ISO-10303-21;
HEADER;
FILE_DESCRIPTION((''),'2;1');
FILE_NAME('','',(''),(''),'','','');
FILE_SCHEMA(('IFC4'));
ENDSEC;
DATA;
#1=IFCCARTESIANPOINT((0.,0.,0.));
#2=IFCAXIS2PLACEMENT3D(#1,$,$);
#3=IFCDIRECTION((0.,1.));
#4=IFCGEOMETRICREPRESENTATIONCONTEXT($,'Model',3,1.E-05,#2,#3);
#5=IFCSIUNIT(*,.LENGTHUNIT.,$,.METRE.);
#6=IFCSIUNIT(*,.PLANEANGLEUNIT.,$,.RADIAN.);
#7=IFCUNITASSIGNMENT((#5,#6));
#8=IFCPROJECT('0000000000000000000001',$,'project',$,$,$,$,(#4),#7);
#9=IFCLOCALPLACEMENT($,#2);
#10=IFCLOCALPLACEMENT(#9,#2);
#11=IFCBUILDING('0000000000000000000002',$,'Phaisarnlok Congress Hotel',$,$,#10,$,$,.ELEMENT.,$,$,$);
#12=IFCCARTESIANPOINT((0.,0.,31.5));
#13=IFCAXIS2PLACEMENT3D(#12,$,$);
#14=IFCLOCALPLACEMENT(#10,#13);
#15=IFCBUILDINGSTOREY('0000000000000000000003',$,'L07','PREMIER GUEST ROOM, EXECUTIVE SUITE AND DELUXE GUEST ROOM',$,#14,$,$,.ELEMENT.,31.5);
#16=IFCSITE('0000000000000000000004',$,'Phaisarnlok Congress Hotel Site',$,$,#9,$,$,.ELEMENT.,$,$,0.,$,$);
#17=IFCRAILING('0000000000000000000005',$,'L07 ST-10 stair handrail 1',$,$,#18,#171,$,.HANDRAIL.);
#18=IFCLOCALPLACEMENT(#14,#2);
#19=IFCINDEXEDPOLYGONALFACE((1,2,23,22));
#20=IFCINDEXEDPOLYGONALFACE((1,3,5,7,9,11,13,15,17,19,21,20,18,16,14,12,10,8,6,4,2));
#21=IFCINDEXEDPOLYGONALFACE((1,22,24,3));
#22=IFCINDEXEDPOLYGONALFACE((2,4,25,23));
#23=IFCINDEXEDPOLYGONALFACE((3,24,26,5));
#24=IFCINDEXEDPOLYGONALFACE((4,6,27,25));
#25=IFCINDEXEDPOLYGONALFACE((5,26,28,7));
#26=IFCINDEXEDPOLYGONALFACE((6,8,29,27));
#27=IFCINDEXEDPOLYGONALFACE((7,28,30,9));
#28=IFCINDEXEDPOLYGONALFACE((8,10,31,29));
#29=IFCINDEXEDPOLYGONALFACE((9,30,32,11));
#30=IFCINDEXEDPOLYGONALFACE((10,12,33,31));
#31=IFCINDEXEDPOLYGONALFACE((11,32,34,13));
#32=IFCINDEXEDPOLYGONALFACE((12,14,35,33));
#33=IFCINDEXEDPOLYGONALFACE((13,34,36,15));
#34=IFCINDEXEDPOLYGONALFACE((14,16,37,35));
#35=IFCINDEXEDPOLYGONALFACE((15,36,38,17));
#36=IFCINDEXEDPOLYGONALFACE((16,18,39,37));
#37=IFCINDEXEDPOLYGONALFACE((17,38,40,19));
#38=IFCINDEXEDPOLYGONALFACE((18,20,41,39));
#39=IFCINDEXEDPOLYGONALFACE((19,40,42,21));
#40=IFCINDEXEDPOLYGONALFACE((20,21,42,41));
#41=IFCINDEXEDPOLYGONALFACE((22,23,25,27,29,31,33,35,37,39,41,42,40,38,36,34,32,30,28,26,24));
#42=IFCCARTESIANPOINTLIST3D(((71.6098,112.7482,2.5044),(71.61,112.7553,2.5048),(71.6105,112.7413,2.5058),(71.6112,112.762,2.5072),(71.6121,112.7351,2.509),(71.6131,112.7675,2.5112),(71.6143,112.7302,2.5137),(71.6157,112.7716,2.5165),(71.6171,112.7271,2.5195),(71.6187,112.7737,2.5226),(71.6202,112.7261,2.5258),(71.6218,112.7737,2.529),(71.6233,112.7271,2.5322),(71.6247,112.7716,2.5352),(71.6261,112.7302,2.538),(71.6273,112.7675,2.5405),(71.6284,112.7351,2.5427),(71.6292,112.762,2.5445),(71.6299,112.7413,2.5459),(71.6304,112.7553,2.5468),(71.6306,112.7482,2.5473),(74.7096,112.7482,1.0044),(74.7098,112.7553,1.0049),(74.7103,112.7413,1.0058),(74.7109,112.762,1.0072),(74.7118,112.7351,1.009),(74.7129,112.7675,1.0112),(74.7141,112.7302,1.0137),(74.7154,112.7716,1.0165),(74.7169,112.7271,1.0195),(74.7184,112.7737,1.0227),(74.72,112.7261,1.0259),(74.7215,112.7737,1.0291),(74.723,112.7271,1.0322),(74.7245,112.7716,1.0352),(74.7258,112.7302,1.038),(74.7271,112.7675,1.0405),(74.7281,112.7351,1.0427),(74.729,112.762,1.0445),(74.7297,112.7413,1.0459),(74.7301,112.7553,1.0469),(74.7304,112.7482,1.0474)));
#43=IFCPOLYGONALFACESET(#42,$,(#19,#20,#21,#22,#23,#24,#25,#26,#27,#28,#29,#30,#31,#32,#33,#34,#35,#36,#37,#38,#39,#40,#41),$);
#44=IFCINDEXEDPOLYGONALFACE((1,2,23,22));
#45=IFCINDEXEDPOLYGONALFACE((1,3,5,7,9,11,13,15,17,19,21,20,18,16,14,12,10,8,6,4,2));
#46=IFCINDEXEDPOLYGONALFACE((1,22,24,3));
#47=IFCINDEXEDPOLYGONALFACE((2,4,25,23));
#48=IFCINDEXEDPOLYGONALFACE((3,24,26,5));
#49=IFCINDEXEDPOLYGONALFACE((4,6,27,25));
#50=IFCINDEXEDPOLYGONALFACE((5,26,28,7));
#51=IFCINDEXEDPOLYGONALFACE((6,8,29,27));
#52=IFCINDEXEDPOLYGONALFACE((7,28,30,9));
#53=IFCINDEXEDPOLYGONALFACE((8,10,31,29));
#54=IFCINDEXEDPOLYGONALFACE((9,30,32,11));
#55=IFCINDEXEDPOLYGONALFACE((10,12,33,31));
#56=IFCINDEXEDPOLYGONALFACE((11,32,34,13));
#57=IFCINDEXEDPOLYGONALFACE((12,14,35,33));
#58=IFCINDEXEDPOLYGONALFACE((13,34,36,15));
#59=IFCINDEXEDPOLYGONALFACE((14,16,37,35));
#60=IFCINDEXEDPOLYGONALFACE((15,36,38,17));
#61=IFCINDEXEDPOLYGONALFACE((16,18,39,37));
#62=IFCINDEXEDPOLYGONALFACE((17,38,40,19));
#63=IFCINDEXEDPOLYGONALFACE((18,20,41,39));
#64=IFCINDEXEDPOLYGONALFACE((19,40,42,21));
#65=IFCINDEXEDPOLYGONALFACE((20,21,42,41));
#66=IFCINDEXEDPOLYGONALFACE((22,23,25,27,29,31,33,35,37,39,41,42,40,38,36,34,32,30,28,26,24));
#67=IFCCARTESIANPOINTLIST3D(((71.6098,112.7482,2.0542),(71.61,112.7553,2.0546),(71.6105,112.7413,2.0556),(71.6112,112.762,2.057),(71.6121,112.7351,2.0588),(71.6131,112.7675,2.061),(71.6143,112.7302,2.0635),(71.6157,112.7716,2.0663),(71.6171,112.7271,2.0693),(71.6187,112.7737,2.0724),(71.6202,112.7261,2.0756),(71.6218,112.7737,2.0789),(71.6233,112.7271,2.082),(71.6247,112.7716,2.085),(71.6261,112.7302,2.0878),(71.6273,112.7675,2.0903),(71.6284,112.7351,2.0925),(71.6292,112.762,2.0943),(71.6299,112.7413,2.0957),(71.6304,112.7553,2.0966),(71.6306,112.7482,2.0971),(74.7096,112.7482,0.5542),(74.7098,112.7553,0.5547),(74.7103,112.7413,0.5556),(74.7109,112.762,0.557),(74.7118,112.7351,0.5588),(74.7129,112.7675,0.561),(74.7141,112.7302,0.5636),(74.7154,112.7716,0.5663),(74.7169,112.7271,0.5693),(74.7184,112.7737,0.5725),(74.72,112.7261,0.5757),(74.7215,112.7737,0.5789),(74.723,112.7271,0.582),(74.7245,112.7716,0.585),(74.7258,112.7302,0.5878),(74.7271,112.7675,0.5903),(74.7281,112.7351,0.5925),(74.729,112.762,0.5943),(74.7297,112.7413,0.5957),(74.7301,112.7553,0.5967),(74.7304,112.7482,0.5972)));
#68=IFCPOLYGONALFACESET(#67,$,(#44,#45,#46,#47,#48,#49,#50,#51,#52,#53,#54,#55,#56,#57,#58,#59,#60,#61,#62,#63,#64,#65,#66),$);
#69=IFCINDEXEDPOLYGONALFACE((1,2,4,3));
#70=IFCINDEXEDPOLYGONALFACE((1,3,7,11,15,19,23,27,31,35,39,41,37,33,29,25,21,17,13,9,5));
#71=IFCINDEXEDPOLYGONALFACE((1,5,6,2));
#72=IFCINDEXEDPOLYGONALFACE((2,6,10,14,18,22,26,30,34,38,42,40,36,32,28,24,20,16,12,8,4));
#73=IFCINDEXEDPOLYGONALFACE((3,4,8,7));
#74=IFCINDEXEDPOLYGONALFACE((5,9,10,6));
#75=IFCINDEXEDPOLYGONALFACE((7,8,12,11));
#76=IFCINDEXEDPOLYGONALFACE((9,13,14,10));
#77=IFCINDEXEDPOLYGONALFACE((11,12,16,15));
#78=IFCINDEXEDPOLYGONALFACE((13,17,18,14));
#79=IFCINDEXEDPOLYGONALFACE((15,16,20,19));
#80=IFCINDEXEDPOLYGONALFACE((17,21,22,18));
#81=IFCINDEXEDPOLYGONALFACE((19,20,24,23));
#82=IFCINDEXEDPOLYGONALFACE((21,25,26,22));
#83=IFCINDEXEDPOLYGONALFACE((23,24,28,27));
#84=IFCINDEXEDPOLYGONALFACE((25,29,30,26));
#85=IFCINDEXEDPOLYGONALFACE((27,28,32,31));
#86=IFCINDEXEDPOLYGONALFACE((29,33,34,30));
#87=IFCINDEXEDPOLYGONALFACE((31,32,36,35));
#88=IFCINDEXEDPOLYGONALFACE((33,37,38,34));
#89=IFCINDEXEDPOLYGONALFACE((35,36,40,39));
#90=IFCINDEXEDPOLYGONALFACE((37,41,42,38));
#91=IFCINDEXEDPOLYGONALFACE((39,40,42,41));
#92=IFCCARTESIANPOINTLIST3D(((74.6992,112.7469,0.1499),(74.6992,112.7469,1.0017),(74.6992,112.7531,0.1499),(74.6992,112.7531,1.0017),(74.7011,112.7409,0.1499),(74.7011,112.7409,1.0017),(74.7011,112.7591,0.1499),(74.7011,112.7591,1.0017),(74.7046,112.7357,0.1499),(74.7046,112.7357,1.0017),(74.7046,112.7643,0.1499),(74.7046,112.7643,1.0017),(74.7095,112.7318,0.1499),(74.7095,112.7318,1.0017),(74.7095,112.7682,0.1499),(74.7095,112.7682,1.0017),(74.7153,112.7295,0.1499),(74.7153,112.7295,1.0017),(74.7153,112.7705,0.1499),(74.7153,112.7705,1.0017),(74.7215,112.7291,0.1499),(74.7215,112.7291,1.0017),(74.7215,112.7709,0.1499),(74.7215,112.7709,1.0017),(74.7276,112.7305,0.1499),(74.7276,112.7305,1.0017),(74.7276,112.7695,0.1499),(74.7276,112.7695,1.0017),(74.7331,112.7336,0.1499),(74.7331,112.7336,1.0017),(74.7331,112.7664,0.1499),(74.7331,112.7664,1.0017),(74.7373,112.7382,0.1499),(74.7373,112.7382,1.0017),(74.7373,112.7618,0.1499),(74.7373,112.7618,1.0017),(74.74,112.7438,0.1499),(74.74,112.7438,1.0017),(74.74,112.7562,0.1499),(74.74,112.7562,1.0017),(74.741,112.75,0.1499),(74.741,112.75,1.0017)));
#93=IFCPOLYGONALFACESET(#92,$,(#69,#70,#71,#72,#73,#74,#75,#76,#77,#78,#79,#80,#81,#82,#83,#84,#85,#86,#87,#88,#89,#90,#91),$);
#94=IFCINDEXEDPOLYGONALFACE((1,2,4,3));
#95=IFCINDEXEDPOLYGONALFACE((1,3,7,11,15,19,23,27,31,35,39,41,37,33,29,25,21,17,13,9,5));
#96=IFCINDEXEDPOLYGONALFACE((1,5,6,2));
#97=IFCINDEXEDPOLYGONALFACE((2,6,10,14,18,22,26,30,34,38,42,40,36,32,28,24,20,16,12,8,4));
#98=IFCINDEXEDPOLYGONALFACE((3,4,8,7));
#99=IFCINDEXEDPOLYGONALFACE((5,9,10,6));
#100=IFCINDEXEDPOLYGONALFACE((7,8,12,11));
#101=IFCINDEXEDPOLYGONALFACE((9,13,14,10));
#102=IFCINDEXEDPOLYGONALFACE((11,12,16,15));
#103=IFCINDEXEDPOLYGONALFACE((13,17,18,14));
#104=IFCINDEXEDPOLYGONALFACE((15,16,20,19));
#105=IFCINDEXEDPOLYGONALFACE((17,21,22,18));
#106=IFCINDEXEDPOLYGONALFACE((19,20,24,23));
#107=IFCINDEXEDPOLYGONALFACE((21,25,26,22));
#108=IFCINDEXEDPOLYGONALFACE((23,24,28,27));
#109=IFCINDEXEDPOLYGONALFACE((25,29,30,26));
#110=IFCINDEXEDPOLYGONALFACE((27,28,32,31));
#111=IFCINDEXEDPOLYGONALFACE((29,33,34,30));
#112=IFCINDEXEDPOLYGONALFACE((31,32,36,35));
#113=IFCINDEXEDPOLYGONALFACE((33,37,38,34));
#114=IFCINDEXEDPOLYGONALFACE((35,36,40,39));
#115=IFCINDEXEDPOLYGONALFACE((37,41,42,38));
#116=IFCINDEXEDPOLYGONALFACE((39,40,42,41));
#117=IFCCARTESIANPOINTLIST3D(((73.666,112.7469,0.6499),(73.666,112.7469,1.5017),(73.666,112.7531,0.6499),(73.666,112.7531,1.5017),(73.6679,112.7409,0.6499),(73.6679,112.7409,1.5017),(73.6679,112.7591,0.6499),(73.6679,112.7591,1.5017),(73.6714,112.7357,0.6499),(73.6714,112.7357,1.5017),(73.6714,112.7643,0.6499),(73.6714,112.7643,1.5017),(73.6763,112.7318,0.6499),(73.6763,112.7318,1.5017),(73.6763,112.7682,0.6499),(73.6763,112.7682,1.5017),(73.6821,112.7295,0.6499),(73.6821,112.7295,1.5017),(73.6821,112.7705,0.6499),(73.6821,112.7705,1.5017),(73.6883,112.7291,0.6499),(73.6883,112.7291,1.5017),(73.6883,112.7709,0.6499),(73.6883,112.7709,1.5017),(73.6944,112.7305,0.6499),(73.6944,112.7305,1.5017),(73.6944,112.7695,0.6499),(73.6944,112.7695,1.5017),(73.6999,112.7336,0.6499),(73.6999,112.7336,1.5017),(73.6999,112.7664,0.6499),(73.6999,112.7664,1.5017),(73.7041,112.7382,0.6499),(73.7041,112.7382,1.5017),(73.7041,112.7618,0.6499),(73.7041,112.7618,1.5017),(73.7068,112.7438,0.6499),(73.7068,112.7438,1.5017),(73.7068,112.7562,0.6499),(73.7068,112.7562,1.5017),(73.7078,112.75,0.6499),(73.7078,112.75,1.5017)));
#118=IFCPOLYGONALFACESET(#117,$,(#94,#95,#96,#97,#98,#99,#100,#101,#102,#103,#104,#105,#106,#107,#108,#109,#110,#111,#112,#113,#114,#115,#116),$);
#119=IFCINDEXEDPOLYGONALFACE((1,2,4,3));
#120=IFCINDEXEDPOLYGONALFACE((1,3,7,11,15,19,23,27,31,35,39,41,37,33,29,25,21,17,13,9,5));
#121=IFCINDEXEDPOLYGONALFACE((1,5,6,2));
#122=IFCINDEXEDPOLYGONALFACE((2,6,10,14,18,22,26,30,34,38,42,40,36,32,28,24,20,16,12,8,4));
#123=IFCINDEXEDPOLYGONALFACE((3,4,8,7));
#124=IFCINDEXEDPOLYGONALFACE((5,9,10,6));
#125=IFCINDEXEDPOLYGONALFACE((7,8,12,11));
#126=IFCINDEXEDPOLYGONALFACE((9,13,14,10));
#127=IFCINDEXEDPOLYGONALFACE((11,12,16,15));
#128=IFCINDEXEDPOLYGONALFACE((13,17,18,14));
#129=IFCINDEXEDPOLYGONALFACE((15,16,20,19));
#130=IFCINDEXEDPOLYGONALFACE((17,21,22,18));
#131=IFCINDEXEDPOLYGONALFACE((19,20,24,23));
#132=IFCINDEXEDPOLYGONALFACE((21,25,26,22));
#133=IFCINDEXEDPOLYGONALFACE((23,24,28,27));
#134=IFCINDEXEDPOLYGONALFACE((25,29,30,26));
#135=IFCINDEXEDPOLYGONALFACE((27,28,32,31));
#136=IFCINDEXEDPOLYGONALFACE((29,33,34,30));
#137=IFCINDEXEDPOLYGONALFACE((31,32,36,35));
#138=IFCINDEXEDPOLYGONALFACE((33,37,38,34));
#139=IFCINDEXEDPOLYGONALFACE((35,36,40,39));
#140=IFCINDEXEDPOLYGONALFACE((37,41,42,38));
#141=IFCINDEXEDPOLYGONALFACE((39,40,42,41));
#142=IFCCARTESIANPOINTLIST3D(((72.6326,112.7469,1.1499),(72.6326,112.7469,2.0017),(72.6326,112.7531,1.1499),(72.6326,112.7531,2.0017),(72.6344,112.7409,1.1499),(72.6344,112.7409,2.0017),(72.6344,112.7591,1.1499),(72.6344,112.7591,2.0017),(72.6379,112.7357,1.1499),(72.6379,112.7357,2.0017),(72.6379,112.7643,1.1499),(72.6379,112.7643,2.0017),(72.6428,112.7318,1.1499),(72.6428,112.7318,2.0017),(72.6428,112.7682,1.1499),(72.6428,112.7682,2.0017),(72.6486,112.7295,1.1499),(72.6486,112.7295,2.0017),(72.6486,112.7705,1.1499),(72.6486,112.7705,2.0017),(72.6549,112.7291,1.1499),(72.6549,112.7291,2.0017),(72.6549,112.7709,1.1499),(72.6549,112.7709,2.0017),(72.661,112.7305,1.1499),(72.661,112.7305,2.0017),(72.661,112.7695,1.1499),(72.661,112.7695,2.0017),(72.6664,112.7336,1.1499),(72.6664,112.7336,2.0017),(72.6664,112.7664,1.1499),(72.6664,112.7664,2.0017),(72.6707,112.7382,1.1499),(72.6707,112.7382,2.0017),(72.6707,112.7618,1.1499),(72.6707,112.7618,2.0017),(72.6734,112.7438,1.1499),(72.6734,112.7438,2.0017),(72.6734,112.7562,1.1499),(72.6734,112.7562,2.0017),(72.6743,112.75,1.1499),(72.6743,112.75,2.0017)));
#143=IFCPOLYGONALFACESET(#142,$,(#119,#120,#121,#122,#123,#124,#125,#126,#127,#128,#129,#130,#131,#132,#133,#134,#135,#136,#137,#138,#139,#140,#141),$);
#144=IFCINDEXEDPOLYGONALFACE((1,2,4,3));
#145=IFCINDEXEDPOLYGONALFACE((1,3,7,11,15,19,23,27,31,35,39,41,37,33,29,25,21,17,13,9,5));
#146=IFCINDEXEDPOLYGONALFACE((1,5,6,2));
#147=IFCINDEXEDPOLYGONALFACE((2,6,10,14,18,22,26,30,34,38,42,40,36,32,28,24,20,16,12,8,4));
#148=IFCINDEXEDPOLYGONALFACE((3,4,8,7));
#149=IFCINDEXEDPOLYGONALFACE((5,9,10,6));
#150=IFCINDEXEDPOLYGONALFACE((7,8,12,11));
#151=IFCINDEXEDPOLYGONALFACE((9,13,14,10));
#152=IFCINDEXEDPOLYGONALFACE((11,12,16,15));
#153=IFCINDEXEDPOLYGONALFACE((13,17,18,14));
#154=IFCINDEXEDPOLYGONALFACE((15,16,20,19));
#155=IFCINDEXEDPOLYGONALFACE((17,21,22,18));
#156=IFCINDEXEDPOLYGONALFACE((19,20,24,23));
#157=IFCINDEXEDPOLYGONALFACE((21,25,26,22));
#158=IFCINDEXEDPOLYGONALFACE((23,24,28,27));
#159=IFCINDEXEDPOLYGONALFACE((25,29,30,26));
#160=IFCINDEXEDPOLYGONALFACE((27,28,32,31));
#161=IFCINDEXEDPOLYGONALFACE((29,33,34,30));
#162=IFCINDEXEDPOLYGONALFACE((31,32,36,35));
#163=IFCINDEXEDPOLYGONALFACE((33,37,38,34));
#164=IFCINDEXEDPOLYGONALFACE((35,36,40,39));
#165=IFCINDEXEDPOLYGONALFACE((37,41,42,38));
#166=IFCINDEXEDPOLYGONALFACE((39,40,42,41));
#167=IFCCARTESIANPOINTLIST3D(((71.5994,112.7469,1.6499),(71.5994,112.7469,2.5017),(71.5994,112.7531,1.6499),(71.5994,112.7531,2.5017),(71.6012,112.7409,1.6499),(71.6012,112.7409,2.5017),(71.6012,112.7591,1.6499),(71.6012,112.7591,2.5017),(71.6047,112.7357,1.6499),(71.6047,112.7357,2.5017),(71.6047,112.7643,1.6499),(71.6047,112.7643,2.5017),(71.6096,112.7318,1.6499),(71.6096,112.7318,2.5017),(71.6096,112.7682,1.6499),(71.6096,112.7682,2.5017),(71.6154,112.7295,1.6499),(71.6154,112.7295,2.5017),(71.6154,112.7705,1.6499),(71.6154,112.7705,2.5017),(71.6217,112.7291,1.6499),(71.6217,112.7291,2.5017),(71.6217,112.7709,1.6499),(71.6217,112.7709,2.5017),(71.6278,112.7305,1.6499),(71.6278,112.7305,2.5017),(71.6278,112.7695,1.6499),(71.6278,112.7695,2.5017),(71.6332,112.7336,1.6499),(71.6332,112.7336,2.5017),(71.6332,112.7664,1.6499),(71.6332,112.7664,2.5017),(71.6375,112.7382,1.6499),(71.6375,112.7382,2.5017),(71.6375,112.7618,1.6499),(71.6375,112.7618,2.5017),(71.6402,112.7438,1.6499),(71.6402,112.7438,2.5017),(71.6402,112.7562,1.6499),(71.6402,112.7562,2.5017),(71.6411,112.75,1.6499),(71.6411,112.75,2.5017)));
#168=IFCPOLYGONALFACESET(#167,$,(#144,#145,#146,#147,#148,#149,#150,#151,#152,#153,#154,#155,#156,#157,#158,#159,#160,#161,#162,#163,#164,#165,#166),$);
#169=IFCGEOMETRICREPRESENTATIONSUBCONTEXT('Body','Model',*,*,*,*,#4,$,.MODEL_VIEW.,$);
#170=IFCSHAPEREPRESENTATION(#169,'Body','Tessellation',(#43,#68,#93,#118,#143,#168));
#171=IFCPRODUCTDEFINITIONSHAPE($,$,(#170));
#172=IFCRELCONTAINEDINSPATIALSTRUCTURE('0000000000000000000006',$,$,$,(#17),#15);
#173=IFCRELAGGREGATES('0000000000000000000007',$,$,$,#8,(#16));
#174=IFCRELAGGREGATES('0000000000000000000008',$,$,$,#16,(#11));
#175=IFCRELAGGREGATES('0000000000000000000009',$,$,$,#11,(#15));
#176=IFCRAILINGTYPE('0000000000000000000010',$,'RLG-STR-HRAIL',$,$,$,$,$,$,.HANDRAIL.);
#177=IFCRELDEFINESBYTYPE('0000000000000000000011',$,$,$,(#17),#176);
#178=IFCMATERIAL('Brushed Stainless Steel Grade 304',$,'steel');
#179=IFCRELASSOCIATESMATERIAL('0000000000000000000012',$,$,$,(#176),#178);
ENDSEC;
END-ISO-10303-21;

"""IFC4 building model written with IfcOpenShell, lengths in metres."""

from ifc_helpers import new_model, si_unit, direction, frame, origin, origin_2d, place, context, subcontext, project, spatial, circle, extrude, material, type_object, element, save


model = new_model("IFC4")

# Units and contexts
model_context = context("Model", 3, precision=1e-05, world=origin(), true_north=direction((0.0, 1.0)))
body_context = subcontext(model_context, "Body", "Model", "MODEL_VIEW")
ifc_project = project(units=[si_unit("LENGTHUNIT", "METRE"), si_unit("PLANEANGLEUNIT", "RADIAN")], contexts=[model_context])

# Site, building, storey
site_placement = place(None, origin())
site = spatial("IfcSite", under=ifc_project, at=site_placement, Name="Phaisarnlok Congress Hotel Site", CompositionType="ELEMENT", RefElevation=0.0)
building_placement = place(site_placement, origin())
building = spatial("IfcBuilding", under=site, at=building_placement, Name="Phaisarnlok Congress Hotel", CompositionType="ELEMENT")
storey_placement = place(building_placement, frame((0.0, 0.0, 31.5)))
storey = spatial("IfcBuildingStorey", under=building, at=storey_placement, Name="L07", Description="PREMIER GUEST ROOM, EXECUTIVE SUITE AND DELUXE GUEST ROOM", CompositionType="ELEMENT", Elevation=31.5)

# Railing
ifc_material_1 = material(Name="Brushed Stainless Steel Grade 304", Category="steel")
railing_type_1 = type_object("IfcRailingType", Name="RLG-STR-HRAIL", PredefinedType="HANDRAIL", material=ifc_material_1)
railing_1_placement = place(storey_placement, frame((74.72, 112.75, 0.1499)))
element("IfcRailing", 1, at=railing_1_placement, inside=storey, type_object=railing_type_1, Name="L07 ST-10 stair handrail 1", PredefinedType="HANDRAIL", context=body_context, shape_type="SweptSolid", body=[
    extrude(circle(Radius=0.0239, at=origin_2d()), frame((0.0, 0.0, 0.876), z_axis=(-0.900151, 0.0, 0.435578), x_axis=(0.0, -1.0, 0.0)), (0.0, 0.0, 1.0), 3.4436),
    extrude(circle(Radius=0.0239, at=origin_2d()), frame((0.0, 0.0, 0.4258), z_axis=(-0.900151, 0.0, 0.435578), x_axis=(0.0, -1.0, 0.0)), (0.0, 0.0, 1.0), 3.4436),
    extrude(circle(Radius=0.021, at=origin_2d()), origin(), (0.0, 0.0, 1.0), 0.8518),
    extrude(circle(Radius=0.021, at=origin_2d()), frame((-1.0332, 0.0, 0.5)), (0.0, 0.0, 1.0), 0.8518),
    extrude(circle(Radius=0.021, at=origin_2d()), frame((-2.0667, 0.0, 1.0)), (0.0, 0.0, 1.0), 0.8518),
    extrude(circle(Radius=0.021, at=origin_2d()), frame((-3.0999, 0.0, 1.5)), (0.0, 0.0, 1.0), 0.8518),
])

save(model, "model.ifc")
